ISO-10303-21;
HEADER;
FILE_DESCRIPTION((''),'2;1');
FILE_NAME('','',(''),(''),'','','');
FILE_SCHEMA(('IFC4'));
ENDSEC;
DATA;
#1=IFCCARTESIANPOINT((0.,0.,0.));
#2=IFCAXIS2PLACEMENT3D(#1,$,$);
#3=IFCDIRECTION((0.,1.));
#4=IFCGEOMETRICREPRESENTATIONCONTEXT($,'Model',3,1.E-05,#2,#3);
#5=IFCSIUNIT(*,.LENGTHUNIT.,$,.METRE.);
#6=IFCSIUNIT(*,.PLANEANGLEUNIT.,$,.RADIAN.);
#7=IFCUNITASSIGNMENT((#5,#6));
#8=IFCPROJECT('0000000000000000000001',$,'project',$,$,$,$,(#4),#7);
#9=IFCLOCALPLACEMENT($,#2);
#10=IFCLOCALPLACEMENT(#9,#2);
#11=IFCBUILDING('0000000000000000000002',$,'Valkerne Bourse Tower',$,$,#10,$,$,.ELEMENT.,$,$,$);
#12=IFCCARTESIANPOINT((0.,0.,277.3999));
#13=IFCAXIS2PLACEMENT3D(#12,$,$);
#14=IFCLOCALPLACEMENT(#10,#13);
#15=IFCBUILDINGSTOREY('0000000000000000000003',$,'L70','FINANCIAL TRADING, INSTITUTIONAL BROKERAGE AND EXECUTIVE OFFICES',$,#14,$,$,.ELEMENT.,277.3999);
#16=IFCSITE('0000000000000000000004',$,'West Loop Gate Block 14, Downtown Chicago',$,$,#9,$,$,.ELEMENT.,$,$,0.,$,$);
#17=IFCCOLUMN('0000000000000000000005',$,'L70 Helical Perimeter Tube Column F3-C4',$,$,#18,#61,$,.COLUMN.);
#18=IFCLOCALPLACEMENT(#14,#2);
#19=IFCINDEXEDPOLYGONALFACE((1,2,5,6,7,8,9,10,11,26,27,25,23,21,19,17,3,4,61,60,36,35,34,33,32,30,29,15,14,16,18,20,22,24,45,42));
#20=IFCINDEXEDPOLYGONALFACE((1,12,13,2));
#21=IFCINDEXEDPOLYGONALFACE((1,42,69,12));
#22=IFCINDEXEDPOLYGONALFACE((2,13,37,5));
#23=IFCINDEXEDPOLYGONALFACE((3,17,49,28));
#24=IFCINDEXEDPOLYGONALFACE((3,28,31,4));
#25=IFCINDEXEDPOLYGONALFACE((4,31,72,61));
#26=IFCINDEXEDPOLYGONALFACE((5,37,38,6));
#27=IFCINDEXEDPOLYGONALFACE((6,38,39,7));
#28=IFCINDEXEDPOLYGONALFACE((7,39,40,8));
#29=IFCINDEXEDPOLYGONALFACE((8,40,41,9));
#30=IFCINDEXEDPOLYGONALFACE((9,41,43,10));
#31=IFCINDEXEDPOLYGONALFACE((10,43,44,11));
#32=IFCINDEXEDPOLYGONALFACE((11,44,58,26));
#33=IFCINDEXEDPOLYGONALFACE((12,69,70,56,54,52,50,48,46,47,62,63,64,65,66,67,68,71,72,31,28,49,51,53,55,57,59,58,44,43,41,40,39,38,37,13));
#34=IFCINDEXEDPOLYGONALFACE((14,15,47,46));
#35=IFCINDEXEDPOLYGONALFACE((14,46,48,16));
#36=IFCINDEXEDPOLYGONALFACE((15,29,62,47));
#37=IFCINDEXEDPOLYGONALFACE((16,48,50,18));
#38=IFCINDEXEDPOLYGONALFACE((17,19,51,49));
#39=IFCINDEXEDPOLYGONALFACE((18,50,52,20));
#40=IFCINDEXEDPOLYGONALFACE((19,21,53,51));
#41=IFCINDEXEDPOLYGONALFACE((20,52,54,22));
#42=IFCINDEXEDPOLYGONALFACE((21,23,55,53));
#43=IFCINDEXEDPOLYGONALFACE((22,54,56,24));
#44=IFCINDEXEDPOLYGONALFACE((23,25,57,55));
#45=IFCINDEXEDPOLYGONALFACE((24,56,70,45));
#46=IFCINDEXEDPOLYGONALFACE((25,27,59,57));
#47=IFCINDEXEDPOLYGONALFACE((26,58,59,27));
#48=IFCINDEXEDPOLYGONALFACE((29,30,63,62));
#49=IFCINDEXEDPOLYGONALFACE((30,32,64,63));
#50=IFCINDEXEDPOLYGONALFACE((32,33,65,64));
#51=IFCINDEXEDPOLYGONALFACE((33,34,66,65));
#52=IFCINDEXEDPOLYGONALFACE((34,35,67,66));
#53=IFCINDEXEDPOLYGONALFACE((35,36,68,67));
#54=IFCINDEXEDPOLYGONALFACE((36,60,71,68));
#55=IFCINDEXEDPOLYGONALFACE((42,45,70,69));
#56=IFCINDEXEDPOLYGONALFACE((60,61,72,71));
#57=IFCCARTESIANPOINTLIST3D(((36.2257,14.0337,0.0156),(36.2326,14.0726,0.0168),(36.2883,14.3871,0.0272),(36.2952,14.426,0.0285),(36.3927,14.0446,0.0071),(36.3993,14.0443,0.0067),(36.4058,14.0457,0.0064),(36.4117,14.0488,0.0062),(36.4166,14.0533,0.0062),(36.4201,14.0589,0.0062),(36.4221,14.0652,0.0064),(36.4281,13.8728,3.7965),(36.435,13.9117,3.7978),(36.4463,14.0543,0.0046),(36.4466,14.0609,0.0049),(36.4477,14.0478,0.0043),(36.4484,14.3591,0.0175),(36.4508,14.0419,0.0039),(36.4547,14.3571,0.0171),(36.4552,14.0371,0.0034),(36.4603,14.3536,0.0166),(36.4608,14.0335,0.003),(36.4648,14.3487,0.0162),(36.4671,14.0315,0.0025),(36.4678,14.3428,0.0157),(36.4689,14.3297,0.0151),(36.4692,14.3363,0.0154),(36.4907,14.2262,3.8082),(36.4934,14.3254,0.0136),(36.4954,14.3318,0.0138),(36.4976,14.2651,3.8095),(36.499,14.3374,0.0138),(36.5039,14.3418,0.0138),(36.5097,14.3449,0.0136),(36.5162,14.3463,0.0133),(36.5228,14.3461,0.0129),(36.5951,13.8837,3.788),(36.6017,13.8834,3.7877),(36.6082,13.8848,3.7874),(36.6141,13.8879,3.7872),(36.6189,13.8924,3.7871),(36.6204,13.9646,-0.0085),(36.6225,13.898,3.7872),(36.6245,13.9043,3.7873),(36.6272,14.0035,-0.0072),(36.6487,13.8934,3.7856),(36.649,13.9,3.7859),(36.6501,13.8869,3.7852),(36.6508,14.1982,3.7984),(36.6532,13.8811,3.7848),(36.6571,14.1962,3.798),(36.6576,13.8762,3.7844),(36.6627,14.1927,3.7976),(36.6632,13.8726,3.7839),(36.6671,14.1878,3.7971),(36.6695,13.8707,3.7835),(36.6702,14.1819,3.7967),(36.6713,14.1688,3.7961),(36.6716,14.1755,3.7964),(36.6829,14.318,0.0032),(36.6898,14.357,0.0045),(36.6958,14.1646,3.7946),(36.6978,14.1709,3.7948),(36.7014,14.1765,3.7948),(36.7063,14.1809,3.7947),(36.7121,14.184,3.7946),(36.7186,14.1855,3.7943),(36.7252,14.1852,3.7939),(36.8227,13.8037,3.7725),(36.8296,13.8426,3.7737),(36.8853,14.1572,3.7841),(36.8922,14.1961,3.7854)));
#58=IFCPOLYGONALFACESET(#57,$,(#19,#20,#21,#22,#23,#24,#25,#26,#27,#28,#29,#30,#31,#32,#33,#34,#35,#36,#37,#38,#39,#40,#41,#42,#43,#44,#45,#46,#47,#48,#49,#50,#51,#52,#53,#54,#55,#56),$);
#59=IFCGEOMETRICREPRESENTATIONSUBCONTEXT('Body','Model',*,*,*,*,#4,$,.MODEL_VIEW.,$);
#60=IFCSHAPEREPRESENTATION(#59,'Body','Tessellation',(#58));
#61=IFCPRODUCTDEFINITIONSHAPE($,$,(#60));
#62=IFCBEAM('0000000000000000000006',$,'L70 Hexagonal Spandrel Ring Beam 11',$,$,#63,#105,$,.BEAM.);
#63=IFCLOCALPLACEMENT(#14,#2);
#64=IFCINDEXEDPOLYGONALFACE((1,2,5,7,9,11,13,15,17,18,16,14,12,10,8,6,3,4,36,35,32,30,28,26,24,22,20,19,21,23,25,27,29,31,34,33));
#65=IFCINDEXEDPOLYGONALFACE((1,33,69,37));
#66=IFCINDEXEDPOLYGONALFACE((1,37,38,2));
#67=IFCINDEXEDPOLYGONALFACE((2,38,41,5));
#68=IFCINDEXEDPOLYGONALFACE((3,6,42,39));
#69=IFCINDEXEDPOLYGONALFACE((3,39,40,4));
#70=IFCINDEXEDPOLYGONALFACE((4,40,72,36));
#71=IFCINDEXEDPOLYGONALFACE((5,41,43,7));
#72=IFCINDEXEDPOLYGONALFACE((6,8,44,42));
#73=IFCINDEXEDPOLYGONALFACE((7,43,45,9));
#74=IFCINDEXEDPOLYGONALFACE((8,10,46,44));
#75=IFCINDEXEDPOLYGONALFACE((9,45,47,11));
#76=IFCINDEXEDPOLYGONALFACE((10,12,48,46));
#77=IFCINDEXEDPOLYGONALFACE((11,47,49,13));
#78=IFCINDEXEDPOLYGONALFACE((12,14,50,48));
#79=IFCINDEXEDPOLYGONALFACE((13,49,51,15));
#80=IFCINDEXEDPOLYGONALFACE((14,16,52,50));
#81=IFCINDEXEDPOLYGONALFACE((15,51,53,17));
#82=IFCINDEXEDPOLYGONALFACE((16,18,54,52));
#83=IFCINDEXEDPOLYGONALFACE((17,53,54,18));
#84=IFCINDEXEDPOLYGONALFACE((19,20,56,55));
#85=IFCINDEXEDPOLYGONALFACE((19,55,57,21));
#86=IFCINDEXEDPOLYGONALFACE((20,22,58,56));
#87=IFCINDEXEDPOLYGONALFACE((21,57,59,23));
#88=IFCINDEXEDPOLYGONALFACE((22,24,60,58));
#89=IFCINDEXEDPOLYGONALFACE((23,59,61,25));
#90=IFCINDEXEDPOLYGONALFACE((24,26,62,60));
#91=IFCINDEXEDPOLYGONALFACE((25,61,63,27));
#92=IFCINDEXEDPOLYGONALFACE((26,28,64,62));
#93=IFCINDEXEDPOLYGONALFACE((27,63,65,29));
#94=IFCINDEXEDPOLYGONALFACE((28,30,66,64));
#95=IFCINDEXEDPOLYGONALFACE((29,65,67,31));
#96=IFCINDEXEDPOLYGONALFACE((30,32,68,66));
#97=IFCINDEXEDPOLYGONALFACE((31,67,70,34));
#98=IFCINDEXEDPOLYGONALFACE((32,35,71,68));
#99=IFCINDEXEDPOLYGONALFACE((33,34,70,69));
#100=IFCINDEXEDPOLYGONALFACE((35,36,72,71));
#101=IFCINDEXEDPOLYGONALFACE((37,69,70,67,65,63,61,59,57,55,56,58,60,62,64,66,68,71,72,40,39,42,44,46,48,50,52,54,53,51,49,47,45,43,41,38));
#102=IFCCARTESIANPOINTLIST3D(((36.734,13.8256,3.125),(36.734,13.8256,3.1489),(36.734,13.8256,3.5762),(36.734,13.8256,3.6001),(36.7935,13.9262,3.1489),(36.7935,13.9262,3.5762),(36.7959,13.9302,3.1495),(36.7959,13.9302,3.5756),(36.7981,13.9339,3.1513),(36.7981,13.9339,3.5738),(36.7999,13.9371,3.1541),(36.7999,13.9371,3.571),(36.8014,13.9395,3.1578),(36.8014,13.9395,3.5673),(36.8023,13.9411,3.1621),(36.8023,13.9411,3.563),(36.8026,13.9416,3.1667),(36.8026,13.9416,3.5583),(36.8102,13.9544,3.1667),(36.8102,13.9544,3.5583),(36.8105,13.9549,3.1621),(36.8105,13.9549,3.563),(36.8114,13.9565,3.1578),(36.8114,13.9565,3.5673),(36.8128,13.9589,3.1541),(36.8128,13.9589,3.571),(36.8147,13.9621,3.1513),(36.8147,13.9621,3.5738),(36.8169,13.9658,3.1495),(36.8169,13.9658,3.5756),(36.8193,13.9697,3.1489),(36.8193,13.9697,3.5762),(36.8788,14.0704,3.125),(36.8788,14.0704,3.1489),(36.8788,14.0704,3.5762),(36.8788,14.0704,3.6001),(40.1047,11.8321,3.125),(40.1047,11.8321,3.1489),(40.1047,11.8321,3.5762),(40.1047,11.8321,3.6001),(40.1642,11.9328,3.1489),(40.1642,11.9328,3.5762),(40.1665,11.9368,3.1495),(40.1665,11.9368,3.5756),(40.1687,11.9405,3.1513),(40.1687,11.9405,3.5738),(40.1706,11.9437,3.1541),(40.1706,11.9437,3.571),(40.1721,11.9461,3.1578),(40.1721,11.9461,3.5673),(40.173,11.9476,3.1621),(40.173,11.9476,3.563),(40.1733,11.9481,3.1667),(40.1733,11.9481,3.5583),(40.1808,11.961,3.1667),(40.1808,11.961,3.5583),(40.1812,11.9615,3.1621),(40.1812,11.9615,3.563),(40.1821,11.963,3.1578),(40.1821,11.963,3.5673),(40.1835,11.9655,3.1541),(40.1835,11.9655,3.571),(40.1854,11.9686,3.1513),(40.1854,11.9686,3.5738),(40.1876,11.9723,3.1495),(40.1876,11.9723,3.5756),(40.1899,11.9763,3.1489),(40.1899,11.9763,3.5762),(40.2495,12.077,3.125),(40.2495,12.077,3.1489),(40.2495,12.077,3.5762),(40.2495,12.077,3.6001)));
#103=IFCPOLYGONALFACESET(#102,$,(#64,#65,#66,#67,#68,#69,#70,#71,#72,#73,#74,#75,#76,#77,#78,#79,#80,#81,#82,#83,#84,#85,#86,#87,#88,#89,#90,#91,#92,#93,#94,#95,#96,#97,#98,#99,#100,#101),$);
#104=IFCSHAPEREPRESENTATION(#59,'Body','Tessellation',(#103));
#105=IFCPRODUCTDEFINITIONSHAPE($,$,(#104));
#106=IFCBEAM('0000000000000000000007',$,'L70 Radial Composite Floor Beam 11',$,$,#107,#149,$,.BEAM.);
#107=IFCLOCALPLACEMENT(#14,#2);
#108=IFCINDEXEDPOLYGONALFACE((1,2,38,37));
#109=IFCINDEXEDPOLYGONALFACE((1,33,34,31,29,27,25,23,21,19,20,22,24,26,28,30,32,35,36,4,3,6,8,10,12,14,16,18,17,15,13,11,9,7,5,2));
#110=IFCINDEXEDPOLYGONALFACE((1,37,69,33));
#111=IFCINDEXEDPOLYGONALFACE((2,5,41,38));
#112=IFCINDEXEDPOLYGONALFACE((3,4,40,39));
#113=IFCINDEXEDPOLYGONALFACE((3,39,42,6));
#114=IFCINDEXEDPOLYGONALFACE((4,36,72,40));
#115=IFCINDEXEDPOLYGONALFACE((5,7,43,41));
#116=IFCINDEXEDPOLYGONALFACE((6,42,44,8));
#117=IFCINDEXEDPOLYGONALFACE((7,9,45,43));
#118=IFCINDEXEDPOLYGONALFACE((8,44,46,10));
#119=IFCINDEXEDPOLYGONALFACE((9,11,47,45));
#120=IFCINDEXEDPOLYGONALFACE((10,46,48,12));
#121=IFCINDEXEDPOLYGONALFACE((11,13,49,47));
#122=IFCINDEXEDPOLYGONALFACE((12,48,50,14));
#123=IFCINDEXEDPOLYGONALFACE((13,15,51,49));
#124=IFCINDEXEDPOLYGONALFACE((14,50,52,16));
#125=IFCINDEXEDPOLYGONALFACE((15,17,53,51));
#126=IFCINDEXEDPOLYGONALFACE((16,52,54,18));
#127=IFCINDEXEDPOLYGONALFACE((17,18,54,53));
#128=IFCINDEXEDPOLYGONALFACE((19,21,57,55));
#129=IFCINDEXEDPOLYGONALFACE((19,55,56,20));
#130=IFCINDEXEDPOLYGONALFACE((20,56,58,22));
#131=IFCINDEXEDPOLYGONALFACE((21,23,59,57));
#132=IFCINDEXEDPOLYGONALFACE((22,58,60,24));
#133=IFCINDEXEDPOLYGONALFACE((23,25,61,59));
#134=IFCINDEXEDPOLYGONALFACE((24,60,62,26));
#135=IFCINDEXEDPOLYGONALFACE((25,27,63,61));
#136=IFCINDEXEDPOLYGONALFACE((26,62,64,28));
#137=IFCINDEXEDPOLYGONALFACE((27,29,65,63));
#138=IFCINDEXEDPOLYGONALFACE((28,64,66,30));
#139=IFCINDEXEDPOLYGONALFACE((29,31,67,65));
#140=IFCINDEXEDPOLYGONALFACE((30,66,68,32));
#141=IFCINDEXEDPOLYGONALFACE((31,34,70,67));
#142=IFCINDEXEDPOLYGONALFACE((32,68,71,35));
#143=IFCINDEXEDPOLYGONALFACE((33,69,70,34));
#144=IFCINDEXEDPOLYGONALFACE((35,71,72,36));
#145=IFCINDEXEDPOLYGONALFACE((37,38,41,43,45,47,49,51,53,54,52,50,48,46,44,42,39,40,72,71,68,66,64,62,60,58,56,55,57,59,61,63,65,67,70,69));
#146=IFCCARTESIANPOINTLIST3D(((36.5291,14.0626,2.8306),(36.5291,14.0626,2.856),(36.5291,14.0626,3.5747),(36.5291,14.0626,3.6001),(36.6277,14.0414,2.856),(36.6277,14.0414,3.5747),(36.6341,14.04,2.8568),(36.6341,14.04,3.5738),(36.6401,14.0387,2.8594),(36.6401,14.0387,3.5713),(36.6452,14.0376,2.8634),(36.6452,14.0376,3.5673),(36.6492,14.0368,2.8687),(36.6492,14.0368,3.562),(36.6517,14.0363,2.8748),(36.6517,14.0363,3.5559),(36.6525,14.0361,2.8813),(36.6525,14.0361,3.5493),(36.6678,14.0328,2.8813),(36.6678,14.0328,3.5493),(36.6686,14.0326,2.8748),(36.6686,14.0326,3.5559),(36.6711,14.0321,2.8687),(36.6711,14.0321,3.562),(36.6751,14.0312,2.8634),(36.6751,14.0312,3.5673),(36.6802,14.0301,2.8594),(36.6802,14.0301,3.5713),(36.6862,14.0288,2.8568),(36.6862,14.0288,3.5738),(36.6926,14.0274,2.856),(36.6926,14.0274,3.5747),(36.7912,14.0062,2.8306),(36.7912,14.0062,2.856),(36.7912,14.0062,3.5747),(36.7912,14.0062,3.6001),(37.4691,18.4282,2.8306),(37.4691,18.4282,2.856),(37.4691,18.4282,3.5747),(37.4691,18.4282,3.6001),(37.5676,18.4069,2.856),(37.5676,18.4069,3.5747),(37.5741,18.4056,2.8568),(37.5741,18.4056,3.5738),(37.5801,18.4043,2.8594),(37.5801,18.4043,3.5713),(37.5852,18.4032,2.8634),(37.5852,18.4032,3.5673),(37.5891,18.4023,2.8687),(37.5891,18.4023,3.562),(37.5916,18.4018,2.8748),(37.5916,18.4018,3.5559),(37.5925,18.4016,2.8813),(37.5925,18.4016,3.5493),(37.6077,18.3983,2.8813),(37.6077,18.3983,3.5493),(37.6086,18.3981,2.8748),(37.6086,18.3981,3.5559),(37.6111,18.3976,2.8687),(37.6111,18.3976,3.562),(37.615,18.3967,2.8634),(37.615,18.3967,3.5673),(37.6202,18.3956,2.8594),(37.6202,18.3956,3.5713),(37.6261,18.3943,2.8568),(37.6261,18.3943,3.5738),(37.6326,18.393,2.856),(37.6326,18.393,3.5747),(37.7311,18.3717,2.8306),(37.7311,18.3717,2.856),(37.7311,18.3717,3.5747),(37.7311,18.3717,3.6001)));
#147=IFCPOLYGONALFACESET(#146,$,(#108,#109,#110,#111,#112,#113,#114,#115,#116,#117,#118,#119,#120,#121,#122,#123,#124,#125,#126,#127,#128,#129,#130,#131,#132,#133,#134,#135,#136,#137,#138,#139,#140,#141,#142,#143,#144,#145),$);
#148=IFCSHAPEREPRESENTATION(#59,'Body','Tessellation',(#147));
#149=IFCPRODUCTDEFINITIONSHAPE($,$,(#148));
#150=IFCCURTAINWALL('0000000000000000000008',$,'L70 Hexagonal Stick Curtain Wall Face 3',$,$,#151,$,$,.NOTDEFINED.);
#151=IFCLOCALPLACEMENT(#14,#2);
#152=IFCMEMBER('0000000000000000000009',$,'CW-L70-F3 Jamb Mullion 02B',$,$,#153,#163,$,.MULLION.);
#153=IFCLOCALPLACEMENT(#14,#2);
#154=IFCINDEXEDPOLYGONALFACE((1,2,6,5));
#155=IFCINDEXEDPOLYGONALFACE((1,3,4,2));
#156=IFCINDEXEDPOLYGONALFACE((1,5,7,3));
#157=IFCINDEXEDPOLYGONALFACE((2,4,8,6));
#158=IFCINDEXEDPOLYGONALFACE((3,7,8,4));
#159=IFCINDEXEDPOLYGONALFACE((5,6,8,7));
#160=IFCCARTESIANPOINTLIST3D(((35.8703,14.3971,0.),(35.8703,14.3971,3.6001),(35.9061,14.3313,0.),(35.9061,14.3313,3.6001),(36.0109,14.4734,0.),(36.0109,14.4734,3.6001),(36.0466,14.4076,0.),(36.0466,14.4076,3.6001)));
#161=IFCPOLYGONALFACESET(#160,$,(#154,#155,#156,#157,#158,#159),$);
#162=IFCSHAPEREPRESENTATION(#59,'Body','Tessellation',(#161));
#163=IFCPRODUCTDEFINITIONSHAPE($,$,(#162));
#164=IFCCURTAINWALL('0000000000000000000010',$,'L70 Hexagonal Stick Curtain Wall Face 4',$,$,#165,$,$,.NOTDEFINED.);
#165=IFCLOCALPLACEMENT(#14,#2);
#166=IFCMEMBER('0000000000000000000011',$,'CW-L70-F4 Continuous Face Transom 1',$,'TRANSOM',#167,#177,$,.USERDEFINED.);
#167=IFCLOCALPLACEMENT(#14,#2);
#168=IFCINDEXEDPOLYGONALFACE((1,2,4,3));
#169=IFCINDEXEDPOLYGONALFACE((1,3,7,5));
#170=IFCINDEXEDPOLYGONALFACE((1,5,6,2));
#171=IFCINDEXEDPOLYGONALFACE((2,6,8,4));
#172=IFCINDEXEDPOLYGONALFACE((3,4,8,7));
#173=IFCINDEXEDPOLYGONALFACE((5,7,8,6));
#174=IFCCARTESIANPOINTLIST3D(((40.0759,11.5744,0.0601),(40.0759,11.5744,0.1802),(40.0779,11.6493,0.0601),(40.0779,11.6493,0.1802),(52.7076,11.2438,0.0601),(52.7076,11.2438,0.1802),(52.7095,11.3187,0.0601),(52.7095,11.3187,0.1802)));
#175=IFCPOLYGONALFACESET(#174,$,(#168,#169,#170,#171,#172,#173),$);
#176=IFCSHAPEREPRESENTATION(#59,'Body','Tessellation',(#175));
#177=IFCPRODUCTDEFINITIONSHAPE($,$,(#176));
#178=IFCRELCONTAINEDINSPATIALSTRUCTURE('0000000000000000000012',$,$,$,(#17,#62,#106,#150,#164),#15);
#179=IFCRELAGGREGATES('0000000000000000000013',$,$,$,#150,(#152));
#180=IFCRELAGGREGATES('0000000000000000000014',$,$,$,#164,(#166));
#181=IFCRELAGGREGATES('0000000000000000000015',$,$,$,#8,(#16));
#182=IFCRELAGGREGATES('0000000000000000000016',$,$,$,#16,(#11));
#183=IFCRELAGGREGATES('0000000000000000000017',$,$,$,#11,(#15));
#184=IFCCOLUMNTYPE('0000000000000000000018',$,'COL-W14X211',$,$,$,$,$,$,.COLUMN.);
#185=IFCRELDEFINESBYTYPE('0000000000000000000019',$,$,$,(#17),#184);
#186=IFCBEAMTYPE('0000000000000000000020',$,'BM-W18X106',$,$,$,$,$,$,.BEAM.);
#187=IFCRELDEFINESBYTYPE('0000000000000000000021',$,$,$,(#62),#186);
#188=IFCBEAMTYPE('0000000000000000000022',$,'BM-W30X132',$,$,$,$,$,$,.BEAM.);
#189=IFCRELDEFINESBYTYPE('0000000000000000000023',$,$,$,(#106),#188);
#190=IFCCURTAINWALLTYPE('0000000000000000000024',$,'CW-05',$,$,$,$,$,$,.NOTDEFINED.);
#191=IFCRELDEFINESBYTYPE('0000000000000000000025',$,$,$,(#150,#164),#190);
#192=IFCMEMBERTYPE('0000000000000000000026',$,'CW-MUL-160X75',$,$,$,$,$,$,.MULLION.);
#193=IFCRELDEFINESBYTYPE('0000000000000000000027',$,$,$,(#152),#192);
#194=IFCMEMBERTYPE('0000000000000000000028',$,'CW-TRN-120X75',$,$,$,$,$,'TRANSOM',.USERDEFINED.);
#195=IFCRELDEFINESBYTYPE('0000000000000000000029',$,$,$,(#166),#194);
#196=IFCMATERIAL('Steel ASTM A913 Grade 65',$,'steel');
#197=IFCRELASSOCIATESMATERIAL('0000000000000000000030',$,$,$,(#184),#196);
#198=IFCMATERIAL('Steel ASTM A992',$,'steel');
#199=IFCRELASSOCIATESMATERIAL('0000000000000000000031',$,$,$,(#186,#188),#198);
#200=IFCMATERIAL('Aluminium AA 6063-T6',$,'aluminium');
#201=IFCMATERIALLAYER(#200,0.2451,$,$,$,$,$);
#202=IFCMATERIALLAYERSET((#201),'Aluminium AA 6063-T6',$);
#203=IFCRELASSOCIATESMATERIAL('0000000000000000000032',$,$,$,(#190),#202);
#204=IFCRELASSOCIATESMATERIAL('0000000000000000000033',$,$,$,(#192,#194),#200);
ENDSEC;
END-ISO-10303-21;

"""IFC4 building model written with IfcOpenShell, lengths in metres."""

from ifc_helpers import new_model, si_unit, direction, frame, origin, origin_2d, place, context, subcontext, project, spatial, rectangle, i_section, extrude, material, layer, layer_set, material_profile, profile_set, type_object, element, aggregate, save


model = new_model("IFC4")

# Units and contexts
model_context = context("Model", 3, precision=1e-05, world=origin(), true_north=direction((0.0, 1.0)))
body_context = subcontext(model_context, "Body", "Model", "MODEL_VIEW")
ifc_project = project(units=[si_unit("LENGTHUNIT", "METRE"), si_unit("PLANEANGLEUNIT", "RADIAN")], contexts=[model_context])

# Site, building, storey
site_placement = place(None, origin())
site = spatial("IfcSite", under=ifc_project, at=site_placement, Name="West Loop Gate Block 14, Downtown Chicago", CompositionType="ELEMENT", RefElevation=0.0)
building_placement = place(site_placement, origin())
building = spatial("IfcBuilding", under=site, at=building_placement, Name="Valkerne Bourse Tower", CompositionType="ELEMENT")
storey_placement = place(building_placement, frame((0.0, 0.0, 277.3999)))
storey = spatial("IfcBuildingStorey", under=building, at=storey_placement, Name="L70", Description="FINANCIAL TRADING, INSTITUTIONAL BROKERAGE AND EXECUTIVE OFFICES", CompositionType="ELEMENT", Elevation=277.3999)

# Column
ifc_material_1 = material(Name="Steel ASTM A913 Grade 65", Category="steel")
ifc_material_profile_1 = material_profile(ifc_material_1, i_section(OverallWidth=0.4014, OverallDepth=0.3987, WebThickness=0.0249, FlangeThickness=0.0396, FilletRadius=0.0254, at=origin_2d()), Name="W14X211")
ifc_profile_set_1 = profile_set([ifc_material_profile_1], Name="Steel ASTM A913 Grade 65")
column_type = type_object("IfcColumnType", Name="COL-W14X211", PredefinedType="COLUMN", material=ifc_profile_set_1)
column_placement = place(storey_placement, frame((36.4578, 14.1953, 0.01), z_axis=(0.053404, -0.042453, 0.99767), x_axis=(0.983258, -0.172071, -0.059955)))
element("IfcColumn", 1, at=column_placement, inside=storey, type_object=column_type, Name="L70 Helical Perimeter Tube Column F3-C4", PredefinedType="COLUMN", context=body_context, shape_type="SweptSolid", body=[
    extrude(i_section(OverallWidth=0.4014, OverallDepth=0.3987, WebThickness=0.0249, FlangeThickness=0.0396, FilletRadius=0.0254, at=origin_2d()), origin(), (0.0, 0.0, 1.0), 3.7898),
])

# Beams
ifc_material_2 = material(Name="Steel ASTM A992", Category="steel")
ifc_material_profile_2 = material_profile(ifc_material_2, i_section(OverallWidth=0.2844, OverallDepth=0.4751, WebThickness=0.0149, FlangeThickness=0.0239, FilletRadius=0.0178, at=origin_2d()), Name="W18X106")
ifc_profile_set_2 = profile_set([ifc_material_profile_2], Name="Steel ASTM A992")
beam_type_1 = type_object("IfcBeamType", Name="BM-W18X106", PredefinedType="BEAM", material=ifc_profile_set_2)
beam_1_placement = place(storey_placement, frame((36.8064, 13.948, 3.3625), z_axis=(0.860738, -0.509049, 0.0), x_axis=(0.509049, 0.860738, 0.0)))
element("IfcBeam", 2, at=beam_1_placement, inside=storey, type_object=beam_type_1, Name="L70 Hexagonal Spandrel Ring Beam 11", PredefinedType="BEAM", context=body_context, shape_type="SweptSolid", body=[
    extrude(i_section(OverallWidth=0.2844, OverallDepth=0.4751, WebThickness=0.0149, FlangeThickness=0.0239, FilletRadius=0.0178, at=origin_2d()), origin(), (0.0, 0.0, 1.0), 3.916),
])
ifc_material_profile_3 = material_profile(ifc_material_2, i_section(OverallWidth=0.2681, OverallDepth=0.7695, WebThickness=0.0156, FlangeThickness=0.0254, FilletRadius=0.0254, at=origin_2d()), Name="W30X132")
ifc_profile_set_3 = profile_set([ifc_material_profile_3], Name="Steel ASTM A992")
beam_type_2 = type_object("IfcBeamType", Name="BM-W30X132", PredefinedType="BEAM", material=ifc_profile_set_3)
beam_2_placement = place(storey_placement, frame((36.6602, 14.0344, 3.2153), z_axis=(0.210489, 0.977596, 0.0), x_axis=(-0.977596, 0.210489, 0.0)))
element("IfcBeam", 3, at=beam_2_placement, inside=storey, type_object=beam_type_2, Name="L70 Radial Composite Floor Beam 11", PredefinedType="BEAM", context=body_context, shape_type="SweptSolid", body=[
    extrude(i_section(OverallWidth=0.2681, OverallDepth=0.7695, WebThickness=0.0156, FlangeThickness=0.0254, FilletRadius=0.0254, at=origin_2d()), origin(), (0.0, 0.0, 1.0), 4.4656),
])

# Curtain walls, members
ifc_material_3 = material(Name="Aluminium AA 6063-T6", Category="aluminium")
ifc_layer_1 = layer(ifc_material_3, 0.2451)
ifc_layer_set_1 = layer_set([ifc_layer_1], Name="Aluminium AA 6063-T6")
curtain_wall_type = type_object("IfcCurtainWallType", Name="CW-05", PredefinedType="NOTDEFINED", material=ifc_layer_set_1)
curtain_wall_1_placement = place(storey_placement, origin())
curtain_wall_1 = element("IfcCurtainWall", 4, at=curtain_wall_1_placement, inside=storey, type_object=curtain_wall_type, Name="L70 Hexagonal Stick Curtain Wall Face 3", PredefinedType="NOTDEFINED")
ifc_material_profile_4 = material_profile(ifc_material_3, rectangle(XDim=0.075, YDim=0.1599, at=origin_2d()), Name="CWM-75X160")
ifc_profile_set_4 = profile_set([ifc_material_profile_4], Name="Aluminium AA 6063-T6")
member_type_1 = type_object("IfcMemberType", Name="CW-MUL-160X75", PredefinedType="MULLION", material=ifc_profile_set_4)
member_1_placement = place(storey_placement, frame((35.9585, 14.4023, 0.0), z_axis=(0.0, 0.0, 1.0), x_axis=(0.477158, -0.878818, 0.0)))
member_1 = element("IfcMember", 5, at=member_1_placement, type_object=member_type_1, Name="CW-L70-F3 Jamb Mullion 02B", PredefinedType="MULLION", context=body_context, shape_type="SweptSolid", body=[
    extrude(rectangle(XDim=0.075, YDim=0.1599, at=origin_2d()), origin(), (0.0, 0.0, 1.0), 3.6001),
])
aggregate(curtain_wall_1, [member_1])
curtain_wall_2_placement = place(storey_placement, origin())
curtain_wall_2 = element("IfcCurtainWall", 6, at=curtain_wall_2_placement, inside=storey, type_object=curtain_wall_type, Name="L70 Hexagonal Stick Curtain Wall Face 4", PredefinedType="NOTDEFINED")
ifc_material_profile_5 = material_profile(ifc_material_3, rectangle(XDim=0.075, YDim=0.1201, at=origin_2d()), Name="CWT-75X120")
ifc_profile_set_5 = profile_set([ifc_material_profile_5], Name="Aluminium AA 6063-T6")
member_type_2 = type_object("IfcMemberType", Name="CW-TRN-120X75", ElementType="TRANSOM", PredefinedType="USERDEFINED", material=ifc_profile_set_5)
member_2_placement = place(storey_placement, frame((40.0769, 11.6118, 0.1201), z_axis=(0.999658, -0.026161, 0.0), x_axis=(0.026161, 0.999658, 0.0)))
member_2 = element("IfcMember", 7, at=member_2_placement, type_object=member_type_2, Name="CW-L70-F4 Continuous Face Transom 1", ObjectType="TRANSOM", PredefinedType="USERDEFINED", context=body_context, shape_type="SweptSolid", body=[
    extrude(rectangle(XDim=0.075, YDim=0.1201, at=origin_2d()), origin(), (0.0, 0.0, 1.0), 12.636),
])
aggregate(curtain_wall_2, [member_2])

save(model, "model.ifc")
